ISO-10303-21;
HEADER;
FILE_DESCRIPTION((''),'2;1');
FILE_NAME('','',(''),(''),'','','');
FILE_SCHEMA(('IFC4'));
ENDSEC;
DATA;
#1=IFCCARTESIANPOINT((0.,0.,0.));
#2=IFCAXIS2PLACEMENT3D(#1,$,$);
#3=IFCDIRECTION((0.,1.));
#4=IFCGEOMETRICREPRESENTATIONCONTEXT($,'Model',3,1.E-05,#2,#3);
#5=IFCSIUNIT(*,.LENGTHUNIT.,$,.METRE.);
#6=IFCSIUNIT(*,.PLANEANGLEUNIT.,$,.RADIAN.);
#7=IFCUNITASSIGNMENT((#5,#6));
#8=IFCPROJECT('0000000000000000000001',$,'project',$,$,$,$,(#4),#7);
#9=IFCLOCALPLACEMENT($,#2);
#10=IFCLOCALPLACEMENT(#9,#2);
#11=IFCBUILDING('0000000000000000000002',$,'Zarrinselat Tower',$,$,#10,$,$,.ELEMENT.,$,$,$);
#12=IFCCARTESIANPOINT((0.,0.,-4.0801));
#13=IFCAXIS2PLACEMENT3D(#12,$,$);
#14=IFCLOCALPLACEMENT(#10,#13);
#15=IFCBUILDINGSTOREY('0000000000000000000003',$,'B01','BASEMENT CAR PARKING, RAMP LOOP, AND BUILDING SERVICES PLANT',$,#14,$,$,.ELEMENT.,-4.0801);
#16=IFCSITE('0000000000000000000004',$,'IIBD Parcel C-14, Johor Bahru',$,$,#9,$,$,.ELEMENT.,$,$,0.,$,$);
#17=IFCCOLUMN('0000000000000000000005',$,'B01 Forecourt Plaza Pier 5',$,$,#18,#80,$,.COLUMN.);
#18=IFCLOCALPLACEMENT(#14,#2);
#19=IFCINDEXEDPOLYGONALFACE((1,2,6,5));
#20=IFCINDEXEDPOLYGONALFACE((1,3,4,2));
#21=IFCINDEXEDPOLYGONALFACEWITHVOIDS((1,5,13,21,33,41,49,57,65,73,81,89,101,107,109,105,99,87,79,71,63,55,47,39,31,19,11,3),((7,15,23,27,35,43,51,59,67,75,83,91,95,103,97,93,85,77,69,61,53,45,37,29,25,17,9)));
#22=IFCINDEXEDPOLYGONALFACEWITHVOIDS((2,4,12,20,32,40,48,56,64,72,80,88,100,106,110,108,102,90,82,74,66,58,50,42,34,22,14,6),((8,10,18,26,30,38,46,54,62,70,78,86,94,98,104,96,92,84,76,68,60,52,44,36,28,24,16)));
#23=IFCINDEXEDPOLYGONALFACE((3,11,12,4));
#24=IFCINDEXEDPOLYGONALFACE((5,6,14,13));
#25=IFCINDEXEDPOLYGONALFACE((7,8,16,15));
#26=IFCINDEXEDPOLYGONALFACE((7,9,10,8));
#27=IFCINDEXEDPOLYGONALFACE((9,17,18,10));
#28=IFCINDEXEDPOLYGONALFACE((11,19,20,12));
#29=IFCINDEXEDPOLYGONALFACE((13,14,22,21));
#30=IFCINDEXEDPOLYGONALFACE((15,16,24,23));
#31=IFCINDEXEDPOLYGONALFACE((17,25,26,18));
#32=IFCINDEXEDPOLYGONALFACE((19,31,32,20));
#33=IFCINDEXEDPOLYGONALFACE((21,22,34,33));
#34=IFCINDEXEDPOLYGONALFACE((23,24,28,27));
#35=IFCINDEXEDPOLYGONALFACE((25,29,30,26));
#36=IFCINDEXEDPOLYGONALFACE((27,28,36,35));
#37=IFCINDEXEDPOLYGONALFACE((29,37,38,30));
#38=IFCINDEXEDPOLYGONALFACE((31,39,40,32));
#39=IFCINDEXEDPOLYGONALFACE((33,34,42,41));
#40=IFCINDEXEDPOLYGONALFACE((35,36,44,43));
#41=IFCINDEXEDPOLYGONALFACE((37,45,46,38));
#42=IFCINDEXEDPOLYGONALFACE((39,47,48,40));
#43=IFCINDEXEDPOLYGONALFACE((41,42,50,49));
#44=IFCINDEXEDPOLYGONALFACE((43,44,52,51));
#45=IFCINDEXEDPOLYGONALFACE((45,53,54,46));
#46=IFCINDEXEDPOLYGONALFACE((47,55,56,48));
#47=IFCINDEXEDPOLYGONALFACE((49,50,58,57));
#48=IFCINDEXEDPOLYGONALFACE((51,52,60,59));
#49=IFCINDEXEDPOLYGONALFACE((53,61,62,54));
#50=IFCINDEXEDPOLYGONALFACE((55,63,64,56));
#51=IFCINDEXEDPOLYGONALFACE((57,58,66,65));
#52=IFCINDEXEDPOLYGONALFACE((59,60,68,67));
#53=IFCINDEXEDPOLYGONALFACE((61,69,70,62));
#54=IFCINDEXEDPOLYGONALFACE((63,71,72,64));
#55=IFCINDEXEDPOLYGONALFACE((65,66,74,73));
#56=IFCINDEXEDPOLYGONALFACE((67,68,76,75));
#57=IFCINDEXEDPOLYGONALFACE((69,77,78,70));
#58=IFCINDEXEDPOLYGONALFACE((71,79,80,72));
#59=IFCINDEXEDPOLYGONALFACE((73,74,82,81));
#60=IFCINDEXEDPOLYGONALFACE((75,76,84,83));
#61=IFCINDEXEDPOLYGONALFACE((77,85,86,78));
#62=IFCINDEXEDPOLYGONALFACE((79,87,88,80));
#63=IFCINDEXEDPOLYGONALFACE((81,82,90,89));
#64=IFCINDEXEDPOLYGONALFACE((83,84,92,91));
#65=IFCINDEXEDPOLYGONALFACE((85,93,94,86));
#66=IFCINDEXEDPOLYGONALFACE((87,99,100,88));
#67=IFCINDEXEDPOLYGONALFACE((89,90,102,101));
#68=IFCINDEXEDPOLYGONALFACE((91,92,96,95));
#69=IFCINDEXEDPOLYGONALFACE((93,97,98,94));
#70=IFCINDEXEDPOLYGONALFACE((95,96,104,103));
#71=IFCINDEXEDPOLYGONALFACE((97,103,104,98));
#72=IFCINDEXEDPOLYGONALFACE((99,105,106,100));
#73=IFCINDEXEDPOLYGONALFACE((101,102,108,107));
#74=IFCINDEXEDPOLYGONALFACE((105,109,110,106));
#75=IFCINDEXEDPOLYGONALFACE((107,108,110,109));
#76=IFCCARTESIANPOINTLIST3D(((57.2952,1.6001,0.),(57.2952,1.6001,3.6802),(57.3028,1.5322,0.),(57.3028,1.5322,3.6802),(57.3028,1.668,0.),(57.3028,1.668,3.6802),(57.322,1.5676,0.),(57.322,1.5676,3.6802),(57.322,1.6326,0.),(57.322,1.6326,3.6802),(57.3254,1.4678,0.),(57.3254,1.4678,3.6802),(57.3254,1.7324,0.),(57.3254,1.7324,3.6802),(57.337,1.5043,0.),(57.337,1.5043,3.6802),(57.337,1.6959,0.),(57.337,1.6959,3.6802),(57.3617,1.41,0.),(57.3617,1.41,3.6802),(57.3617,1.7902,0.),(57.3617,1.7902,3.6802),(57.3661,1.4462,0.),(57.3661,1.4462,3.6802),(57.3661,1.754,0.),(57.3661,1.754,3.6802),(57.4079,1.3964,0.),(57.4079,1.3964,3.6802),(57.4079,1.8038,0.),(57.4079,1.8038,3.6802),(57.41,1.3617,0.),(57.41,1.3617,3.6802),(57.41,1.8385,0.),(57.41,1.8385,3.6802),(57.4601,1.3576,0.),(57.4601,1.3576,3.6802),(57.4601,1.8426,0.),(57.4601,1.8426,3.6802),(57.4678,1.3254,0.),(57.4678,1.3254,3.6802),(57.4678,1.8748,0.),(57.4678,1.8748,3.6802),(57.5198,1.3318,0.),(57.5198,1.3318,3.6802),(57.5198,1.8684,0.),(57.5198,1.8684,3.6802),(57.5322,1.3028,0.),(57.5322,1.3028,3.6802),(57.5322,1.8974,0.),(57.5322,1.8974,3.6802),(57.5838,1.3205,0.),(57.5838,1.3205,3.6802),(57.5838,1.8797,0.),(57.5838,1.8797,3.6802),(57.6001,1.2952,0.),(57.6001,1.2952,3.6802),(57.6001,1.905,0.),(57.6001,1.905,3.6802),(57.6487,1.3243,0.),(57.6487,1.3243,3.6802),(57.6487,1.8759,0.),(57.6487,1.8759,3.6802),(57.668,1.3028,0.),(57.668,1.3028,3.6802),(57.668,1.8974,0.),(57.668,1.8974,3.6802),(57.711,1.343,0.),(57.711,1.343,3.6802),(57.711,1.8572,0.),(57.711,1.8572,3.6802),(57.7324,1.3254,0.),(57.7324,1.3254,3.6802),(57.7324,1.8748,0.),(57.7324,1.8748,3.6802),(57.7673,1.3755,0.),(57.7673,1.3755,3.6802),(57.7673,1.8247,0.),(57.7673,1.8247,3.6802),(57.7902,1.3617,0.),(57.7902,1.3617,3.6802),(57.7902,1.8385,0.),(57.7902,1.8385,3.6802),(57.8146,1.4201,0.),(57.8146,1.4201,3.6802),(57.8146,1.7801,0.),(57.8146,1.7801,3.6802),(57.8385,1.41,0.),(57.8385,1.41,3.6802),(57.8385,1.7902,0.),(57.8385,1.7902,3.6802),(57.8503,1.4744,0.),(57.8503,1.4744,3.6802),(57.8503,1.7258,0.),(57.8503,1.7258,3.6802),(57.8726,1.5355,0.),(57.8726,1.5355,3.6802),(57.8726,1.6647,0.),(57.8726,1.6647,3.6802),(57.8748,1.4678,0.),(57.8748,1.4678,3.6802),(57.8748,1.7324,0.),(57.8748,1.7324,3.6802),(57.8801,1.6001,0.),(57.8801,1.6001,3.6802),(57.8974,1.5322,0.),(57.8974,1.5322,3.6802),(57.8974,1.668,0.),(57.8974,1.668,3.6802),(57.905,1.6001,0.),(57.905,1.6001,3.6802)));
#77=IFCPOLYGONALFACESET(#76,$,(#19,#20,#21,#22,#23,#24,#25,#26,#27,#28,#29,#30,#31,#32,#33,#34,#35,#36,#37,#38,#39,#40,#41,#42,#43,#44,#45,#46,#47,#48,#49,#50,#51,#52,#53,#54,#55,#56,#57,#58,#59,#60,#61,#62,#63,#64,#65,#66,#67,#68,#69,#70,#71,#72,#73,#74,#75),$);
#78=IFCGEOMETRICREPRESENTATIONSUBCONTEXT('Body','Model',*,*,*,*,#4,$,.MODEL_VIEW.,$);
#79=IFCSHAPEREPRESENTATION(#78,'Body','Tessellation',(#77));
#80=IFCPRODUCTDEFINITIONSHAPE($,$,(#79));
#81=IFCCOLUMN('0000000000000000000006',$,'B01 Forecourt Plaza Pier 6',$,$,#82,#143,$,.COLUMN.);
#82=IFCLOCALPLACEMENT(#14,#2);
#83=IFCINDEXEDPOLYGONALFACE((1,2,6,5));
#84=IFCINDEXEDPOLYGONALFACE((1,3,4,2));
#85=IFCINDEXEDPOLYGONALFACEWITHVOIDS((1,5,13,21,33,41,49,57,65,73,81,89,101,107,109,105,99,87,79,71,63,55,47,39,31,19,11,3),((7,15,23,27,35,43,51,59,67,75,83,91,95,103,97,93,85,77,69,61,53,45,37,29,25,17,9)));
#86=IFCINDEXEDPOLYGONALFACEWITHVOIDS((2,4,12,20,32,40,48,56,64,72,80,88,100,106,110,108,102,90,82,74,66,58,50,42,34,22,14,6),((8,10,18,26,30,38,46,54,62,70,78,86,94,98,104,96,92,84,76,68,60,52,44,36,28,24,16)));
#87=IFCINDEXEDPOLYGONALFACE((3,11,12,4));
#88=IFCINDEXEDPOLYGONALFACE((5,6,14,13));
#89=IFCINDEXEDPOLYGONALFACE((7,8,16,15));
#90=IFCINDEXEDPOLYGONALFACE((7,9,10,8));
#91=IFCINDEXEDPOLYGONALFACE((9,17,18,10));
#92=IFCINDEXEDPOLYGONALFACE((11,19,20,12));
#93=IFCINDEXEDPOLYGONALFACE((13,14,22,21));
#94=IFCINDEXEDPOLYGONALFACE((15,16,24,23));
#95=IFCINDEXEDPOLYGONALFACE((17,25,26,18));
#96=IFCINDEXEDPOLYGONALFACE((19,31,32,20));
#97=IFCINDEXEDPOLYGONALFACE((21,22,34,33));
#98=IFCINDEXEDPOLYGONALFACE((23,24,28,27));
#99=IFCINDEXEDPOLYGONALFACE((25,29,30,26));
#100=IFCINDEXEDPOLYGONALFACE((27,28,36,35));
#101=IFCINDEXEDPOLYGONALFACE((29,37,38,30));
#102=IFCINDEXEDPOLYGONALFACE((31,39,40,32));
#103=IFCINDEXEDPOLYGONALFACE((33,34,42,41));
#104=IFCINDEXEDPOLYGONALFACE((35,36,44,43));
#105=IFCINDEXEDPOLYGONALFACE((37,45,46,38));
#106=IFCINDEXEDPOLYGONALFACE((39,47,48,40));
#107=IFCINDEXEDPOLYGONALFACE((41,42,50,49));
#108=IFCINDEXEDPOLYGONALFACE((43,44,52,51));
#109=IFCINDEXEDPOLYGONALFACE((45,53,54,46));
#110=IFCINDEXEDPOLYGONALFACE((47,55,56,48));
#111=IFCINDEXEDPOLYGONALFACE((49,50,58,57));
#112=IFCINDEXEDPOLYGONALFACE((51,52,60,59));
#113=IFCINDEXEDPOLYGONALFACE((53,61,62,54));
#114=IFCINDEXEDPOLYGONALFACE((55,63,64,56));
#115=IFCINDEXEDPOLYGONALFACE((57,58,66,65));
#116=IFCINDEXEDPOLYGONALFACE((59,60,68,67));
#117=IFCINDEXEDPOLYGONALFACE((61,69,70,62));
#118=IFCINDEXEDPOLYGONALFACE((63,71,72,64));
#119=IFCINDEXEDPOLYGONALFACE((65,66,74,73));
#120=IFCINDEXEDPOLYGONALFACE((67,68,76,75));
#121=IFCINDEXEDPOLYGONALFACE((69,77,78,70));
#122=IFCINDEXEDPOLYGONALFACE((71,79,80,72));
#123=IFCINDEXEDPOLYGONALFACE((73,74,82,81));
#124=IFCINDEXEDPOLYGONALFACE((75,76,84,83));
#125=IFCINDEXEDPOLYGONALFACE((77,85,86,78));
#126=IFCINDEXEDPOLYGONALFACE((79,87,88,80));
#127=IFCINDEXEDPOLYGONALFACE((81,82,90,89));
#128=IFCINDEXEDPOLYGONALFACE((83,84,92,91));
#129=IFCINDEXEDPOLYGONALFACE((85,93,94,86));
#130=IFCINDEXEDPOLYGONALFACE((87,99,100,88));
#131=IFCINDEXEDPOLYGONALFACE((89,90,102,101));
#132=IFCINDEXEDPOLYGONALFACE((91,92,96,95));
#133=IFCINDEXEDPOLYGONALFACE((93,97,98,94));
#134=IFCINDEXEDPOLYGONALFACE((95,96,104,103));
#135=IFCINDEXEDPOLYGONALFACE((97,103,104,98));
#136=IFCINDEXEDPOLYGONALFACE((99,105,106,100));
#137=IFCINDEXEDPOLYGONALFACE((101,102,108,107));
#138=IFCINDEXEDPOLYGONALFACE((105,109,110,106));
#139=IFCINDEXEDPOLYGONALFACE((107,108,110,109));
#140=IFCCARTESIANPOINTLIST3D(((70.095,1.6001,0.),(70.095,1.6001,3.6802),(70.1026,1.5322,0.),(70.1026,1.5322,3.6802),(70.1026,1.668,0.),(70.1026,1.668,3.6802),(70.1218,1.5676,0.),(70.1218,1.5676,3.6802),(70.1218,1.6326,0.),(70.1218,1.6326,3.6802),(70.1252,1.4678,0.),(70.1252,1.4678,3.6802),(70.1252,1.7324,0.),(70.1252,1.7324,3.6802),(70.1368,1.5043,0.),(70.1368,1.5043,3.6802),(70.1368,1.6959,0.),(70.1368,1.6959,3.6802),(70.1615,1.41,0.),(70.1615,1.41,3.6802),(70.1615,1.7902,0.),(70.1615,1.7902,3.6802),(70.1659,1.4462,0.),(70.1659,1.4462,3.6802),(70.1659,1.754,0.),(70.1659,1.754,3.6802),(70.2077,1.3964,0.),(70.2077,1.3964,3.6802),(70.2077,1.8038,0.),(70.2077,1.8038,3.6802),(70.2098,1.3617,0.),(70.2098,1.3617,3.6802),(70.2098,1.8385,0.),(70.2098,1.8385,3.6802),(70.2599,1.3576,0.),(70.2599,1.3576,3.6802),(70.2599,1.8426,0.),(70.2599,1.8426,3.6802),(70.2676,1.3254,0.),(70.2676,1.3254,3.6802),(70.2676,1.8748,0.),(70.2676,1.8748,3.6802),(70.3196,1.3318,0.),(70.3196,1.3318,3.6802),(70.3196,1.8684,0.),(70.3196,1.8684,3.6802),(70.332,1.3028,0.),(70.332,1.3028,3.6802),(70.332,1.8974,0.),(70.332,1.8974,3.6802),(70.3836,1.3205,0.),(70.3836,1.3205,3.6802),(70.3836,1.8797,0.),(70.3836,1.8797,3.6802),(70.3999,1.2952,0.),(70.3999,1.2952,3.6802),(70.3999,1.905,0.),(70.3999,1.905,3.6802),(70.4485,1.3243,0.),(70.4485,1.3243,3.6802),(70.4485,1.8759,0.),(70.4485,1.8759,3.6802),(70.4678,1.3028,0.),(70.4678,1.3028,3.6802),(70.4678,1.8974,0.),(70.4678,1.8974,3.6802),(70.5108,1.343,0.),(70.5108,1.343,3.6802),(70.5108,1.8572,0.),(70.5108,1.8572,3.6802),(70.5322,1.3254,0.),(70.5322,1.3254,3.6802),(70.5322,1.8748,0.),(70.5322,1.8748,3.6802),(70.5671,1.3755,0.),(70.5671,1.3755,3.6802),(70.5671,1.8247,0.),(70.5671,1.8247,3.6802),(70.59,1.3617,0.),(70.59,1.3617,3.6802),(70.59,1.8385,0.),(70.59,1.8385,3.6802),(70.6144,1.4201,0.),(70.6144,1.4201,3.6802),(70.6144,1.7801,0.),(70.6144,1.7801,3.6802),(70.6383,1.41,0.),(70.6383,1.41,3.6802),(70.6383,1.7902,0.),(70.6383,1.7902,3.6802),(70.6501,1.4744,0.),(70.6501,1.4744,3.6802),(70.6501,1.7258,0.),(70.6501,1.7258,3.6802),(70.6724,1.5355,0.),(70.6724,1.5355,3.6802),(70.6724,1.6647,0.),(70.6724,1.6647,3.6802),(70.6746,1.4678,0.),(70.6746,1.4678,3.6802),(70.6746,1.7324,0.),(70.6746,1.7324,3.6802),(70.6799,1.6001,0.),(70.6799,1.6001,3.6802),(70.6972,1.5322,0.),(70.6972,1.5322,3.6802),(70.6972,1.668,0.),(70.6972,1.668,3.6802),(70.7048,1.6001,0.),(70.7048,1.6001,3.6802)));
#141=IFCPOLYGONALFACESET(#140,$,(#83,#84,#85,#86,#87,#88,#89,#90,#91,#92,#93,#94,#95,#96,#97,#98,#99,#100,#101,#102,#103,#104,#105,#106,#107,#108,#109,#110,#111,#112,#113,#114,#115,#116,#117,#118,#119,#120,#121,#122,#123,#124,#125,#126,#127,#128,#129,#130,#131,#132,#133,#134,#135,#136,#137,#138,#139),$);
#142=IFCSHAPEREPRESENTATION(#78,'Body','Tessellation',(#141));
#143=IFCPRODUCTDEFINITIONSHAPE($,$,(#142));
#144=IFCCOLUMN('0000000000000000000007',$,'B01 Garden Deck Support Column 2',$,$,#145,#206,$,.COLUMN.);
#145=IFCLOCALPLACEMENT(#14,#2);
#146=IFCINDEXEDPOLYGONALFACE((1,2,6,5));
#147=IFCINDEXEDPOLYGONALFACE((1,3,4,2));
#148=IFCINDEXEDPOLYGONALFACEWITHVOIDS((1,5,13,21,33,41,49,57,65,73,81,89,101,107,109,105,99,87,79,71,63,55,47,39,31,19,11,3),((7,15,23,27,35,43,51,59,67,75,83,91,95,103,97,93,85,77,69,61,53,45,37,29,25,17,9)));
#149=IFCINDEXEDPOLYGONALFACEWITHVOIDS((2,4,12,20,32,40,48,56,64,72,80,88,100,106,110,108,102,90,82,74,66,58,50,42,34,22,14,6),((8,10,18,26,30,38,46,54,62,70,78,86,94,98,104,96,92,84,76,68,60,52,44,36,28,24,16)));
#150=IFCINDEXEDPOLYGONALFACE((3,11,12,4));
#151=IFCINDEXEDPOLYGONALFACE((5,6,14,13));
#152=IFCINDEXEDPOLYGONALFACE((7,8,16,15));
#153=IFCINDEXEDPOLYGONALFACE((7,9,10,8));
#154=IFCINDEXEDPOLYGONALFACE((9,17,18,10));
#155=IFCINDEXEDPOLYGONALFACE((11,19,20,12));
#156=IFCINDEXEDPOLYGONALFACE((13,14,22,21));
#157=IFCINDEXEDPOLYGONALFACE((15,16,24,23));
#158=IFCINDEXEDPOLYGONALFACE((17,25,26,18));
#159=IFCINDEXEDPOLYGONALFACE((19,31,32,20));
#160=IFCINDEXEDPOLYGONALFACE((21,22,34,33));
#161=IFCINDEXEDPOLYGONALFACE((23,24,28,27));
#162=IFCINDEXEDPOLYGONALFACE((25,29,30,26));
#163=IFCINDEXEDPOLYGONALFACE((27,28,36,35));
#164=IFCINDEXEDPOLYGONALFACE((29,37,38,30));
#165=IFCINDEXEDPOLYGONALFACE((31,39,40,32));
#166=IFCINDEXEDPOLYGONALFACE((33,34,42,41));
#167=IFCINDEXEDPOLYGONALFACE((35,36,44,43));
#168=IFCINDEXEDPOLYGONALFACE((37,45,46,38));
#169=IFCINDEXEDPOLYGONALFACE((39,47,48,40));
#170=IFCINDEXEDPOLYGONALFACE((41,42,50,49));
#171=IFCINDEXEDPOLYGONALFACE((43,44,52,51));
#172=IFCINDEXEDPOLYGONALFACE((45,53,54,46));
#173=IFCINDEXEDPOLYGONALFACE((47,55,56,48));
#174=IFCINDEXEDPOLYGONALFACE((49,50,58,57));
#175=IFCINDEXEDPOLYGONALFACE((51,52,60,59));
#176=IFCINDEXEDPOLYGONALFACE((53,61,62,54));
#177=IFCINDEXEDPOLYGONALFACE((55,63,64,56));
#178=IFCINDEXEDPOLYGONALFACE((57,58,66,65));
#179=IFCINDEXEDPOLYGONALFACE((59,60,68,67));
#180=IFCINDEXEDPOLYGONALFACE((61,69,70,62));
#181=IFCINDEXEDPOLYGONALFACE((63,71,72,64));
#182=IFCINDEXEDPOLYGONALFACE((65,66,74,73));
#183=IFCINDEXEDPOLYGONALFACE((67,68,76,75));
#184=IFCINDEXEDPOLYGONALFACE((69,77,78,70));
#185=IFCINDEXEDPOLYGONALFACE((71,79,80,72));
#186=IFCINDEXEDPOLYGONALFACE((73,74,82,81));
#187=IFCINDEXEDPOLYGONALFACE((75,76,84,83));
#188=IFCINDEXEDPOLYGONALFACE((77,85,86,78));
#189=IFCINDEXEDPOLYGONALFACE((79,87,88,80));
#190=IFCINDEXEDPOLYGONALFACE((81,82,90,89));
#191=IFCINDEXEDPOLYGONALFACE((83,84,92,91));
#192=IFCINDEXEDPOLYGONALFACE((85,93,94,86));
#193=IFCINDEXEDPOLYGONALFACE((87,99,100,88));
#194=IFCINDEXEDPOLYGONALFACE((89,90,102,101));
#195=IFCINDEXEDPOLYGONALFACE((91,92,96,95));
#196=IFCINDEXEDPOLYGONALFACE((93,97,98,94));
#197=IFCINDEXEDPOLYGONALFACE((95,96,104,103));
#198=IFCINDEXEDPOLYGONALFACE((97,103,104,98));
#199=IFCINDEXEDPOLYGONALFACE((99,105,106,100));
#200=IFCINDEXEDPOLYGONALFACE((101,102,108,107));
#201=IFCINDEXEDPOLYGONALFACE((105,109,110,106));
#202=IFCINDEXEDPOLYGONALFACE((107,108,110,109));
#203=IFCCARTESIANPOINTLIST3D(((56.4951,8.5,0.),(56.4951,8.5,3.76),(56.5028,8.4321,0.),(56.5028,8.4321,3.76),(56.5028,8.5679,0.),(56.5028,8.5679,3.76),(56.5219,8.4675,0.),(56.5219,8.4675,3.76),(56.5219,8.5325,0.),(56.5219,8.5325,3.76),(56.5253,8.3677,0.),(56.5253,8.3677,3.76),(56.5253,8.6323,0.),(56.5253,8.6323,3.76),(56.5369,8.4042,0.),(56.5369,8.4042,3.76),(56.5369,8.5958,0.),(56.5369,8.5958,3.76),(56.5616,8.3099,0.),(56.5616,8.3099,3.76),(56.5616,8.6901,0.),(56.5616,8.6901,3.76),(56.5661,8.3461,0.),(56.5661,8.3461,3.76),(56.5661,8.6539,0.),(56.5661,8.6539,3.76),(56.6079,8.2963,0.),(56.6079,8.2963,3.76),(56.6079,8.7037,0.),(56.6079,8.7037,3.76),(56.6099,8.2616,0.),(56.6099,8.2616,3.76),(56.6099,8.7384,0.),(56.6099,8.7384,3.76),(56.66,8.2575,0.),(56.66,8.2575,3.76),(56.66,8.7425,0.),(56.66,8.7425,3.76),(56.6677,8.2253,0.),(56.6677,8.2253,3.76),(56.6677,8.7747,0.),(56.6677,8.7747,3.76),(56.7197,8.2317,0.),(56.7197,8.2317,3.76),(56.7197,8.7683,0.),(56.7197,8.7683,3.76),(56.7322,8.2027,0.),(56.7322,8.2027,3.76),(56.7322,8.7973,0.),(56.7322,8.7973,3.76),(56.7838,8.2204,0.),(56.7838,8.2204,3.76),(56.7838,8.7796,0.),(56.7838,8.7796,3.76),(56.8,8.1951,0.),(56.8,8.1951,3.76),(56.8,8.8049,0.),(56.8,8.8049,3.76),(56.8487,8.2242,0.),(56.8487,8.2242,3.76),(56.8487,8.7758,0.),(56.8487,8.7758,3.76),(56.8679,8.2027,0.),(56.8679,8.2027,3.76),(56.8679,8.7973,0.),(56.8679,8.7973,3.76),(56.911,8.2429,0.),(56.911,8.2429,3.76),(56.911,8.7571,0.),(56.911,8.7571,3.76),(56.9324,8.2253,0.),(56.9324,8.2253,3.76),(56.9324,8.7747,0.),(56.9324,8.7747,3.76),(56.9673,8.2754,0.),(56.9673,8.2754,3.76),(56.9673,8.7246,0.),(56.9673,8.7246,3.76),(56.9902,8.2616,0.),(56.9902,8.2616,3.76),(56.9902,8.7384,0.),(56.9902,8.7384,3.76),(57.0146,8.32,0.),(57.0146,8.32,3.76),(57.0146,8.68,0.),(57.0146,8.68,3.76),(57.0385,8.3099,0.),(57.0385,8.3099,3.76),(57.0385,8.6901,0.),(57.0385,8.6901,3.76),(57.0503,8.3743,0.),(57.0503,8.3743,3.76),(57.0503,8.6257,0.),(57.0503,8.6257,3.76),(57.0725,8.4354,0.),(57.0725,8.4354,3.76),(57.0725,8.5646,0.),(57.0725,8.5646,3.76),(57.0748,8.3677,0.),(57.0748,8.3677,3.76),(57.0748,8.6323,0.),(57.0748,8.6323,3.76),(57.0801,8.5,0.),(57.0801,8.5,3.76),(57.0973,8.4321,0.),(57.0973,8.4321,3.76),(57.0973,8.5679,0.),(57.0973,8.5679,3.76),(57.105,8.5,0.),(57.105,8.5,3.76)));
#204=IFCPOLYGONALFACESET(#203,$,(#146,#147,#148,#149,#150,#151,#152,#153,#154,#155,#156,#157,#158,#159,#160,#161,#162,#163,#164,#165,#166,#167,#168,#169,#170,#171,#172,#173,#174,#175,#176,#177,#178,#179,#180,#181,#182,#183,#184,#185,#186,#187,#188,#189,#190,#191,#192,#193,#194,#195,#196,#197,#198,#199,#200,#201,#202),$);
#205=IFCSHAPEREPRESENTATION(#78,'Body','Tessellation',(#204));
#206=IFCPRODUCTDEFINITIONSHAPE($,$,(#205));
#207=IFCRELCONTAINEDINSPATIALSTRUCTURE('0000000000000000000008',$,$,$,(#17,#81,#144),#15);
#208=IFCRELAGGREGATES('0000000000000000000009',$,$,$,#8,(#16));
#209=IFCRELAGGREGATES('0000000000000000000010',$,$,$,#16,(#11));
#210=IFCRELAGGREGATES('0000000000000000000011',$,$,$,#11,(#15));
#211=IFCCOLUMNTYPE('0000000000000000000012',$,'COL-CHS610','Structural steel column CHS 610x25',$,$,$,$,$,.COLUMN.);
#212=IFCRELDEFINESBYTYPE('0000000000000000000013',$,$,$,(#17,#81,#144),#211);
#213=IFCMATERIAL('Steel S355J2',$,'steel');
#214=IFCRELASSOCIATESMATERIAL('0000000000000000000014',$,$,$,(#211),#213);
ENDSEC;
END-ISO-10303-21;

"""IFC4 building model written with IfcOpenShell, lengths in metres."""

from ifc_helpers import new_model, si_unit, direction, frame, origin, origin_2d, place, context, subcontext, project, spatial, hollow_circle, extrude, material, material_profile, profile_set, type_object, element, save


model = new_model("IFC4")

# Units and contexts
model_context = context("Model", 3, precision=1e-05, world=origin(), true_north=direction((0.0, 1.0)))
body_context = subcontext(model_context, "Body", "Model", "MODEL_VIEW")
ifc_project = project(units=[si_unit("LENGTHUNIT", "METRE"), si_unit("PLANEANGLEUNIT", "RADIAN")], contexts=[model_context])

# Site, building, storey
site_placement = place(None, origin())
site = spatial("IfcSite", under=ifc_project, at=site_placement, Name="IIBD Parcel C-14, Johor Bahru", CompositionType="ELEMENT", RefElevation=0.0)
building_placement = place(site_placement, origin())
building = spatial("IfcBuilding", under=site, at=building_placement, Name="Zarrinselat Tower", CompositionType="ELEMENT")
storey_placement = place(building_placement, frame((0.0, 0.0, -4.0801)))
storey = spatial("IfcBuildingStorey", under=building, at=storey_placement, Name="B01", Description="BASEMENT CAR PARKING, RAMP LOOP, AND BUILDING SERVICES PLANT", CompositionType="ELEMENT", Elevation=-4.0801)

# Columns
ifc_material_1 = material(Name="Steel S355J2", Category="steel")
ifc_material_profile_1 = material_profile(ifc_material_1, hollow_circle(Radius=0.3049, WallThickness=0.0249, at=origin_2d()), Name="CHS 610x25")
ifc_profile_set_1 = profile_set([ifc_material_profile_1], Name="Steel S355J2")
column_type_1 = type_object("IfcColumnType", Name="COL-CHS610", Description="Structural steel column CHS 610x25", PredefinedType="COLUMN", material=ifc_profile_set_1)
for number, where, z_axis, x_axis, name in (
    (1, (57.6001, 1.6001, 0.0), (0.0, 0.0, 1.0), (1.0, 0.0, 0.0), "B01 Forecourt Plaza Pier 5"),
    (2, (70.3999, 1.6001, 0.0), (0.0, 0.0, 1.0), (1.0, 0.0, 0.0), "B01 Forecourt Plaza Pier 6"),
):
    element("IfcColumn", number, at=place(storey_placement, frame(where, z_axis=z_axis, x_axis=x_axis)), inside=storey, type_object=column_type_1, Name=name, PredefinedType="COLUMN", context=body_context, shape_type="SweptSolid", body=[
        extrude(hollow_circle(Radius=0.3049, WallThickness=0.0249, at=origin_2d()), origin(), (0.0, 0.0, 1.0), 3.6802),
    ])
column_placement = place(storey_placement, frame((56.8, 8.5, 0.0), z_axis=(0.0, 0.0, 1.0), x_axis=(1.0, 0.0, 0.0)))
element("IfcColumn", 3, at=column_placement, inside=storey, type_object=column_type_1, Name="B01 Garden Deck Support Column 2", PredefinedType="COLUMN", context=body_context, shape_type="SweptSolid", body=[
    extrude(hollow_circle(Radius=0.3049, WallThickness=0.0249, at=origin_2d()), origin(), (0.0, 0.0, 1.0), 3.76),
])

save(model, "model.ifc")
